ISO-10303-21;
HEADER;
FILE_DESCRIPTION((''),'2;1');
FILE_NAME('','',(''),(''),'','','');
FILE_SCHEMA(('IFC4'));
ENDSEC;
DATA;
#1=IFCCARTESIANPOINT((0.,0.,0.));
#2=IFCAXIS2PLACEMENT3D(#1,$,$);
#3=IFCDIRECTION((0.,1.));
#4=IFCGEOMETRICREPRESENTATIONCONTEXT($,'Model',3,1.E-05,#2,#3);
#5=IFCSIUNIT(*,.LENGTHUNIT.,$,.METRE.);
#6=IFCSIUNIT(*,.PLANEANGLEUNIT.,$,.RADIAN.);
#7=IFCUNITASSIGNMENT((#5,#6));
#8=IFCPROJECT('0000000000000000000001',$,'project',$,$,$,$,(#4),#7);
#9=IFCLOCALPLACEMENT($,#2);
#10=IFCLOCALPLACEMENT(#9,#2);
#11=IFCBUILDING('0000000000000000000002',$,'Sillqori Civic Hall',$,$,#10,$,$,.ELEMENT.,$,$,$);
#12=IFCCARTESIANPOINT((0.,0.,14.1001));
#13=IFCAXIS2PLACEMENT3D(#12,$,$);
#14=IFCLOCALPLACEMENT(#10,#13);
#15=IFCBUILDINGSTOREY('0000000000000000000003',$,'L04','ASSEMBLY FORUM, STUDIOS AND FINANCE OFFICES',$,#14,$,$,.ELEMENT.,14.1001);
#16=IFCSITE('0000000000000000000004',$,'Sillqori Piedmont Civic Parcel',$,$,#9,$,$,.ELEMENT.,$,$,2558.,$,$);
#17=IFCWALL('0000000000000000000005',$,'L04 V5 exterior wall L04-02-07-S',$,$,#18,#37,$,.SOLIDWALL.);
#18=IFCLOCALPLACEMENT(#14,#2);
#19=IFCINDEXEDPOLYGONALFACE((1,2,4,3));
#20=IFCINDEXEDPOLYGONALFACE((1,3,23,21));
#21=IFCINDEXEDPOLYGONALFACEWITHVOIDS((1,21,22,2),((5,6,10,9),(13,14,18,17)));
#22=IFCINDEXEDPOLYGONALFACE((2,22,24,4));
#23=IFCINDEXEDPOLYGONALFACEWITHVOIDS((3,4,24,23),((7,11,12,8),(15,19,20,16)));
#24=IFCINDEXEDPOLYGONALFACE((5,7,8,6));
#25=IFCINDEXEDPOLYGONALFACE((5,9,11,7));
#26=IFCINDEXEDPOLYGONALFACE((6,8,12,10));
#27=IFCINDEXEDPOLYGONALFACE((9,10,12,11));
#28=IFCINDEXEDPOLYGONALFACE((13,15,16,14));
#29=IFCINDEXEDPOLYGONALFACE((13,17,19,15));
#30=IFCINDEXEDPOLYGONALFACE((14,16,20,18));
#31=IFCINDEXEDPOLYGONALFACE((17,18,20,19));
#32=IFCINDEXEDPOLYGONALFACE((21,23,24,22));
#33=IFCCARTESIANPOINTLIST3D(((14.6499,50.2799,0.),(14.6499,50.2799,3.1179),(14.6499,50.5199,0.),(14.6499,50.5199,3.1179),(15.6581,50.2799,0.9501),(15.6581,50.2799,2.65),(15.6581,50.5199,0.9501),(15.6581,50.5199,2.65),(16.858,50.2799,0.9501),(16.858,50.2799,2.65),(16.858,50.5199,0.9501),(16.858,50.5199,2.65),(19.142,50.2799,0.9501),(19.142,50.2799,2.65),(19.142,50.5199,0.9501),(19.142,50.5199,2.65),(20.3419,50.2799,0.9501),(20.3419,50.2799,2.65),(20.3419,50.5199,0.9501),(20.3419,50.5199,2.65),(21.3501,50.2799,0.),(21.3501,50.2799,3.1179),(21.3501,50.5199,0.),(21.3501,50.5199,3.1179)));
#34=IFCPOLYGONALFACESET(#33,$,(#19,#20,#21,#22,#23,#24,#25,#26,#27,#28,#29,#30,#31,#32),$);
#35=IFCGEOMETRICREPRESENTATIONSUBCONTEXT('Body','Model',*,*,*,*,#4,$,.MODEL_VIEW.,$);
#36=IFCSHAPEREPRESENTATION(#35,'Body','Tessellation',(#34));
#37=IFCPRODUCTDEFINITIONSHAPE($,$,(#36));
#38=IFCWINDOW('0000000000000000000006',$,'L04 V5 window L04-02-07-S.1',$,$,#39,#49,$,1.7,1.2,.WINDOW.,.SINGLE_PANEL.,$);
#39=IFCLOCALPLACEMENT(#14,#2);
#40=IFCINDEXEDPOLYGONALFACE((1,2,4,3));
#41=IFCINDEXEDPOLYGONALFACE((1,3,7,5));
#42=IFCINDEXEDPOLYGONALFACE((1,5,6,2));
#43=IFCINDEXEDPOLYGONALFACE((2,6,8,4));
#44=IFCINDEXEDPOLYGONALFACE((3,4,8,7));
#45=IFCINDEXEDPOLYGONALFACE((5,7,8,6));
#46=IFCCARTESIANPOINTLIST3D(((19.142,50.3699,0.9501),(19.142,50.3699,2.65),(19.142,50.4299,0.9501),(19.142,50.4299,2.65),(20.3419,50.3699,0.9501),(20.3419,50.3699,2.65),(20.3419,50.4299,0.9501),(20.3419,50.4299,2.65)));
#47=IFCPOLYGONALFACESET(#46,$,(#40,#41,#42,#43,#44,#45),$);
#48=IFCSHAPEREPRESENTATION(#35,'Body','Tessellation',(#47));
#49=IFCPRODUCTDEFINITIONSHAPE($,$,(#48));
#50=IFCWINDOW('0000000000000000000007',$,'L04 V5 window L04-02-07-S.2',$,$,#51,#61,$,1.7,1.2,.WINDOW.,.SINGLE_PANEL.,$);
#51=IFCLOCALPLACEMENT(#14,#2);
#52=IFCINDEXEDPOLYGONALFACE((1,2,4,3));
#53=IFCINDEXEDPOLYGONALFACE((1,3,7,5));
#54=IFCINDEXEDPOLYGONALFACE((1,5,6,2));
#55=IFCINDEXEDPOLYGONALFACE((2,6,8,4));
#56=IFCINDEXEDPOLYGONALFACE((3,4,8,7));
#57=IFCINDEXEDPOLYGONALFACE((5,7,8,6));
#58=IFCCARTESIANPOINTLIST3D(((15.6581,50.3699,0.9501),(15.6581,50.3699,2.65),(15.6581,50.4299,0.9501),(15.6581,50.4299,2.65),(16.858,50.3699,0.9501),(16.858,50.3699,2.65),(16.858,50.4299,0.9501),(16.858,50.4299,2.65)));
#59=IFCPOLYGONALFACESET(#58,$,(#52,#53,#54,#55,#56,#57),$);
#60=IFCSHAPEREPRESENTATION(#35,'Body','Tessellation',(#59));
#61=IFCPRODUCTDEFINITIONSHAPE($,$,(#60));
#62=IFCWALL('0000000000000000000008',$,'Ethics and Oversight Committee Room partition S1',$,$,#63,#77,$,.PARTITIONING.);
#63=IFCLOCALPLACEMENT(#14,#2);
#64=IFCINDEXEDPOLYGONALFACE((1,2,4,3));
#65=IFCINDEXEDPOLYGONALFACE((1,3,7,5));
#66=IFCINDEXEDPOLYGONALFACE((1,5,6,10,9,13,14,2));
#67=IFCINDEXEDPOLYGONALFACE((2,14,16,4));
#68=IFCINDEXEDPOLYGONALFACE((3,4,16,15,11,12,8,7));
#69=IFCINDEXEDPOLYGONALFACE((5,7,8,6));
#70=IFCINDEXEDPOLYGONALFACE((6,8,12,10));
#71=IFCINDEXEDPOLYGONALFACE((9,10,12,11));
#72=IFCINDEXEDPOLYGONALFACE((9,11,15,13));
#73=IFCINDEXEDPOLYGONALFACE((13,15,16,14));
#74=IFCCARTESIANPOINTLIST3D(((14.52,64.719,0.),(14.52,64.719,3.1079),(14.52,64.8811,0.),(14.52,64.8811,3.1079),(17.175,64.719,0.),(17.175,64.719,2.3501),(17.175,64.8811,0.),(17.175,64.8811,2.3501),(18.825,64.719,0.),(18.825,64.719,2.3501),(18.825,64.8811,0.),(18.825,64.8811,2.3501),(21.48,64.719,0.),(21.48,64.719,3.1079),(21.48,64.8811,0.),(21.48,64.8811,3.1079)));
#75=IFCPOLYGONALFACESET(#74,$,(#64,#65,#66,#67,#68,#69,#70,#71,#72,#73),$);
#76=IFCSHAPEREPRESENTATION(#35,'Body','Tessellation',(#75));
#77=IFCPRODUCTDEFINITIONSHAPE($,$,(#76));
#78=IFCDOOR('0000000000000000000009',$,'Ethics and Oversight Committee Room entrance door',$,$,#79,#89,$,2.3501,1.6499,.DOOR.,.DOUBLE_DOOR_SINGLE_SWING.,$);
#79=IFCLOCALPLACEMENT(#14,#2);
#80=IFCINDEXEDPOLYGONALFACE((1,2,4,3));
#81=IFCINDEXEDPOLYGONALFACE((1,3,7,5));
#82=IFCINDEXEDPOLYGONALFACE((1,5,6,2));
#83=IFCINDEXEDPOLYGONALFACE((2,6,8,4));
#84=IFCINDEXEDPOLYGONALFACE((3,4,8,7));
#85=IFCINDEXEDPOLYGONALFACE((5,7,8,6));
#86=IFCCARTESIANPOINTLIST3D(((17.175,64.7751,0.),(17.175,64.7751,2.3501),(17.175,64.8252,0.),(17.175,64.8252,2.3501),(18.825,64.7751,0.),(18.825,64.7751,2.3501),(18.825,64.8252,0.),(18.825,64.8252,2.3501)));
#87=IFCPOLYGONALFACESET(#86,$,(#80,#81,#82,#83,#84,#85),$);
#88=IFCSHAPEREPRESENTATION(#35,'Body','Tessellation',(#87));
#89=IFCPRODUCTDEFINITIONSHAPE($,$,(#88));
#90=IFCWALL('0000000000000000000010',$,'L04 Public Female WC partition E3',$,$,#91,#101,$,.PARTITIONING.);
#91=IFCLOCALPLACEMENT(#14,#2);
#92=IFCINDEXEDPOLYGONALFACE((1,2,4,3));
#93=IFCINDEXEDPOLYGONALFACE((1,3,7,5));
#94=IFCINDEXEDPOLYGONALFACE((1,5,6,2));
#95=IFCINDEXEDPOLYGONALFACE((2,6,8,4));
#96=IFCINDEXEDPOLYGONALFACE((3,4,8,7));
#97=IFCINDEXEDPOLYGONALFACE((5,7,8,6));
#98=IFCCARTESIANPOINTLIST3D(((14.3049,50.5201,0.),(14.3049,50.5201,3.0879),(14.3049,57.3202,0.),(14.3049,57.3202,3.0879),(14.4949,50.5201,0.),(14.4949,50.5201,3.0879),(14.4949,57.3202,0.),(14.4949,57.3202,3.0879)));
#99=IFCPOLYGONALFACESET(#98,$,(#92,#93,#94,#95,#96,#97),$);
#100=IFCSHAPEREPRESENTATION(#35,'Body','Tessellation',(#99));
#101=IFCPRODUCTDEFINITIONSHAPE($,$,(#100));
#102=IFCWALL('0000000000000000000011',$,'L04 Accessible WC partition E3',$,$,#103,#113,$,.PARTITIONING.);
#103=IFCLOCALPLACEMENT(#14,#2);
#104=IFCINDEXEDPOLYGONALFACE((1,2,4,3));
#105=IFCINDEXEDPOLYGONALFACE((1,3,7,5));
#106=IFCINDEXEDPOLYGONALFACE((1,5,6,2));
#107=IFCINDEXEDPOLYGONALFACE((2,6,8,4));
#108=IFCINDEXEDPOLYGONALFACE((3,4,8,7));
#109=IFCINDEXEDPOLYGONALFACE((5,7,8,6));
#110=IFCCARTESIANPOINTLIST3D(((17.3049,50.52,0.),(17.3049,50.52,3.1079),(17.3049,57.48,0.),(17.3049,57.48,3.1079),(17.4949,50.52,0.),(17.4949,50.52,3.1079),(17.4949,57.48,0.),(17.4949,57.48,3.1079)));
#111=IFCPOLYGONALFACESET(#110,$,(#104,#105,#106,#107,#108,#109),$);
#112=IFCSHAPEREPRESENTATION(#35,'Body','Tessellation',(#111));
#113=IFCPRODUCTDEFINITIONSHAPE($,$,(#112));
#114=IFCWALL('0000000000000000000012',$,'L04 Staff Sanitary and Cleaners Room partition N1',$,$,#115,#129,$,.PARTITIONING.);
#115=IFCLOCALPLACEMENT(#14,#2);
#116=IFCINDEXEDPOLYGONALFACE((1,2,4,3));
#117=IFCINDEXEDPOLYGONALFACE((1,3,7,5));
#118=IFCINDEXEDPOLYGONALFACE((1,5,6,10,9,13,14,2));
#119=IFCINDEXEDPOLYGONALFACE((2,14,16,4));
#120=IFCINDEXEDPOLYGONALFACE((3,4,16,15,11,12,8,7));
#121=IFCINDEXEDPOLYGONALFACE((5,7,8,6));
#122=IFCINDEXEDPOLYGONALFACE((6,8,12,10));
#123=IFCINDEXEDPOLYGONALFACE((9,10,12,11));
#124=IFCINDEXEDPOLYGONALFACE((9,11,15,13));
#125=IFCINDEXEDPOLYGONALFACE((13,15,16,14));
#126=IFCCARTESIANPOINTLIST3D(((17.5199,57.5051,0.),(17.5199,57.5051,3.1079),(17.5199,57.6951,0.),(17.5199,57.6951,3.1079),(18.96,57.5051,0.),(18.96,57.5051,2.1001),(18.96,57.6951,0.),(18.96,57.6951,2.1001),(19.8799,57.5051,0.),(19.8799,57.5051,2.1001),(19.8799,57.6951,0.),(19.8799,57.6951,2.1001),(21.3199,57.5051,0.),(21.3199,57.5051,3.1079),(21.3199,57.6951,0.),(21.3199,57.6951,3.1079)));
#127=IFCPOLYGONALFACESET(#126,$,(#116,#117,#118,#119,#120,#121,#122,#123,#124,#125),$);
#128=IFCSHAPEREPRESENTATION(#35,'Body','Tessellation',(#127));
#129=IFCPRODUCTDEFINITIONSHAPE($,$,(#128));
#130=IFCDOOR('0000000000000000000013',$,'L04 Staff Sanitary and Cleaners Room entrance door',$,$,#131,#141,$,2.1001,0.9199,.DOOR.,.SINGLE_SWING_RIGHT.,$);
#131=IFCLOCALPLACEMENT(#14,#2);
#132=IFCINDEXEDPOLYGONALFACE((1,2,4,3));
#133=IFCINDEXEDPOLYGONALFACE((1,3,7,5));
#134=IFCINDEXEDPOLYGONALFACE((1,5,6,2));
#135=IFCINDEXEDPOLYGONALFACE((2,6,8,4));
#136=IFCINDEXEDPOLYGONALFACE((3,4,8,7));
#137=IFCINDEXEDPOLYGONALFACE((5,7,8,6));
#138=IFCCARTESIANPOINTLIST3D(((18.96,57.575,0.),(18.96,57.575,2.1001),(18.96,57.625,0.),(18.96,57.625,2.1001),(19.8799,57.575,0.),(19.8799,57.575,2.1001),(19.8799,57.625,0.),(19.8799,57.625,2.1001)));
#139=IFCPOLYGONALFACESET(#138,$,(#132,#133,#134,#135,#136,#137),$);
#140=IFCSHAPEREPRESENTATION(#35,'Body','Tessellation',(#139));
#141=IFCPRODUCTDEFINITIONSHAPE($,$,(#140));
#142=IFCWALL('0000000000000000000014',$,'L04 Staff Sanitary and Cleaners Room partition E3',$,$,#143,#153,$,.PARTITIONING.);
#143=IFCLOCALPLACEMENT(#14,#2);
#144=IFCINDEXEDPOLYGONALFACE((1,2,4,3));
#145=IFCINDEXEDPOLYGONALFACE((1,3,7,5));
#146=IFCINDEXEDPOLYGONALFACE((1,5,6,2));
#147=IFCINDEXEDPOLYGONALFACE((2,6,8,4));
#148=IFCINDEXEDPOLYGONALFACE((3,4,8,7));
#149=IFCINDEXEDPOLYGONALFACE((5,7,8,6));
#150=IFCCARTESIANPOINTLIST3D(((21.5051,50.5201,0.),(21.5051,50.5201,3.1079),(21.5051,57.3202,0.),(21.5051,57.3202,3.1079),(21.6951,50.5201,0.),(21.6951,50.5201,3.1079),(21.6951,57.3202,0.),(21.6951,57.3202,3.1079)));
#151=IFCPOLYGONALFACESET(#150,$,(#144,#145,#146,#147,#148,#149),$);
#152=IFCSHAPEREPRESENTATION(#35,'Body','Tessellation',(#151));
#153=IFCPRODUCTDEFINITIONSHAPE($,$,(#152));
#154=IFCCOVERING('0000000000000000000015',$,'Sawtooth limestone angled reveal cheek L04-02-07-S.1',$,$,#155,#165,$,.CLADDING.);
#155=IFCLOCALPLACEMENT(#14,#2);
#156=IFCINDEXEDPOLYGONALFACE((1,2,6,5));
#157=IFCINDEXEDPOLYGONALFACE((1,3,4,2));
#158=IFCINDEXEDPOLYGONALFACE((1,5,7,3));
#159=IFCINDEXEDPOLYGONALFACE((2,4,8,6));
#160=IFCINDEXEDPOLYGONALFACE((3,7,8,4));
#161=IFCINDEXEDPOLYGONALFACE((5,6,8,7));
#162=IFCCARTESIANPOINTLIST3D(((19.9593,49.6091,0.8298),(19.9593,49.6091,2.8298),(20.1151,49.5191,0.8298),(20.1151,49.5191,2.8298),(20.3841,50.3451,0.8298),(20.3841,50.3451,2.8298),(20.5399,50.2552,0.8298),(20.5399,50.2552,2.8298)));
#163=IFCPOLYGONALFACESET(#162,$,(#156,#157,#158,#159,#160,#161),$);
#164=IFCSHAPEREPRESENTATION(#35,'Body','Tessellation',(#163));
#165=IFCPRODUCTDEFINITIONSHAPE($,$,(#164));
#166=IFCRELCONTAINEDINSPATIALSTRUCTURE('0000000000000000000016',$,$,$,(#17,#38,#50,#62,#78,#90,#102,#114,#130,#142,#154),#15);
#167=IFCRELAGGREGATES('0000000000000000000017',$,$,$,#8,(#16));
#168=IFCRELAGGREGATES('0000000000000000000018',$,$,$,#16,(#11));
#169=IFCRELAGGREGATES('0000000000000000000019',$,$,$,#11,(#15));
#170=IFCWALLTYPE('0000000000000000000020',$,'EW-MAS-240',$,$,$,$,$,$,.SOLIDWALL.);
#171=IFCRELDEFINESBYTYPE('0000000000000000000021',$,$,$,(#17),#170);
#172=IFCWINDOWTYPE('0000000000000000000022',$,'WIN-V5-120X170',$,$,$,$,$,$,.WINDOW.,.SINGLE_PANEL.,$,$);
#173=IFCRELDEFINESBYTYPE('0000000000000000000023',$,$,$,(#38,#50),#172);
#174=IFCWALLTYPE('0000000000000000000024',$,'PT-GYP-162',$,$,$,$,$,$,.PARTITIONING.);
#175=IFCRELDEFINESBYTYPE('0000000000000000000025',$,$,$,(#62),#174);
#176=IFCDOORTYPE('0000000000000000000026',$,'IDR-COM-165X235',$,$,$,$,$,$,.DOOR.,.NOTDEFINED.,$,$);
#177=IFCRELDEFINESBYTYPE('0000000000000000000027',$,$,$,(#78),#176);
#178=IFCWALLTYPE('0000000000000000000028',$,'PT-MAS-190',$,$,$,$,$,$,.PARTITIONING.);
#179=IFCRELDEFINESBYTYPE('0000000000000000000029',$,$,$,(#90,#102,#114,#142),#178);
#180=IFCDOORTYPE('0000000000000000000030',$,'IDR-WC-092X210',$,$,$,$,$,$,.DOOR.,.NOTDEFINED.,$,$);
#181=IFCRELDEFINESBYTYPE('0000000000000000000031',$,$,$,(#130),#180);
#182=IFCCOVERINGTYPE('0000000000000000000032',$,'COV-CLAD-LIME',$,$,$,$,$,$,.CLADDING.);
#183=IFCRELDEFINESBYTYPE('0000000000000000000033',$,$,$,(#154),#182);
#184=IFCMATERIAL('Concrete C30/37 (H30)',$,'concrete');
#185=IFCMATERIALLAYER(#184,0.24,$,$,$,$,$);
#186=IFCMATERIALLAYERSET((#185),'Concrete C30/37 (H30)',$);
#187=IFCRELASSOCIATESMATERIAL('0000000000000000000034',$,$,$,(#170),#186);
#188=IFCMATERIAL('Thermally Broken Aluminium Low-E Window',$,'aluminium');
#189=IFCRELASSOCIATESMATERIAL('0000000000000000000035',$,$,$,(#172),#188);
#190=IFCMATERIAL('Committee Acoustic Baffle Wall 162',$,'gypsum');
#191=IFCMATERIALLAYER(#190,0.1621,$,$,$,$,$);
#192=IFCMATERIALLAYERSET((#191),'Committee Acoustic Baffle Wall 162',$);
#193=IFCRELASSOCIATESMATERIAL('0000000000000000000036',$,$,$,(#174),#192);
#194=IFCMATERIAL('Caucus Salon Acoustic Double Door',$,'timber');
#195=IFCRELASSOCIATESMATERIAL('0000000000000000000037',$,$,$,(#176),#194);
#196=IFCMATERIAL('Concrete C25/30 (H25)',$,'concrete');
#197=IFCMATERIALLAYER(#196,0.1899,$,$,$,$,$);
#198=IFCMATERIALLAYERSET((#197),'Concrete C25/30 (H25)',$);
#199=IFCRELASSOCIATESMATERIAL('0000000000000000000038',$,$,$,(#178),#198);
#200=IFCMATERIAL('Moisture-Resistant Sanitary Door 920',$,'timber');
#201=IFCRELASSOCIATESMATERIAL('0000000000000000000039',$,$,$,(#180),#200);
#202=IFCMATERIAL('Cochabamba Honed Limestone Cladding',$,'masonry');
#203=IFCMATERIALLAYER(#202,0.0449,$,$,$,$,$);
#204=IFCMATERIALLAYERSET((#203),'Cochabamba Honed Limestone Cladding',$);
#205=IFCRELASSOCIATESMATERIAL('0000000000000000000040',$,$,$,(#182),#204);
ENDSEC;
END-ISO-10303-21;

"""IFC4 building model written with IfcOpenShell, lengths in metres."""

from ifc_helpers import new_model, si_unit, direction, frame, frame_2d, origin, place, context, subcontext, project, spatial, rectangle, extrude, material, layer, layer_set, type_object, element, fill, save


model = new_model("IFC4")

# Units and contexts
model_context = context("Model", 3, precision=1e-05, world=origin(), true_north=direction((0.0, 1.0)))
body_context = subcontext(model_context, "Body", "Model", "MODEL_VIEW")
ifc_project = project(units=[si_unit("LENGTHUNIT", "METRE"), si_unit("PLANEANGLEUNIT", "RADIAN")], contexts=[model_context])

# Site, building, storey
site_placement = place(None, origin())
site = spatial("IfcSite", under=ifc_project, at=site_placement, Name="Sillqori Piedmont Civic Parcel", CompositionType="ELEMENT", RefElevation=2558.0)
building_placement = place(site_placement, origin())
building = spatial("IfcBuilding", under=site, at=building_placement, Name="Sillqori Civic Hall", CompositionType="ELEMENT")
storey_placement = place(building_placement, frame((0.0, 0.0, 14.1001)))
storey = spatial("IfcBuildingStorey", under=building, at=storey_placement, Name="L04", Description="ASSEMBLY FORUM, STUDIOS AND FINANCE OFFICES", CompositionType="ELEMENT", Elevation=14.1001)

# Wall, openings, windows
ifc_material_1 = material(Name="Concrete C30/37 (H30)", Category="concrete")
ifc_layer_1 = layer(ifc_material_1, 0.24)
ifc_layer_set_1 = layer_set([ifc_layer_1], Name="Concrete C30/37 (H30)")
wall_type_1 = type_object("IfcWallType", Name="EW-MAS-240", PredefinedType="SOLIDWALL", material=ifc_layer_set_1)
wall_1_placement = place(storey_placement, frame((21.3501, 50.3999, 0.0), z_axis=(0.0, 0.0, 1.0), x_axis=(-1.0, 0.0, 0.0)))
wall_1 = element("IfcWall", 1, at=wall_1_placement, inside=storey, type_object=wall_type_1, Name="L04 V5 exterior wall L04-02-07-S", PredefinedType="SOLIDWALL", context=body_context, shape_type="SweptSolid", body=[
    extrude(rectangle(XDim=6.7002, YDim=0.24, at=frame_2d((3.3501, 0.0))), origin(), (0.0, 0.0, 1.0), 3.1179),
])
opening_1_placement = place(wall_1_placement, frame((1.0081, 0.0, 0.95)))
opening_1 = element("IfcOpeningElement", 2, at=opening_1_placement, cuts=wall_1, PredefinedType="OPENING", context=body_context, shape_type="SweptSolid", body=[
    extrude(rectangle(XDim=1.2, YDim=1.7, at=frame_2d((0.6001, 0.8501))), frame((0.0, 0.1299, 0.0), z_axis=(0.0, -1.0, 0.0), x_axis=(1.0, 0.0, 0.0)), (0.0, 0.0, 1.0), 0.26),
])
opening_2_placement = place(wall_1_placement, frame((4.4919, 0.0, 0.95)))
opening_2 = element("IfcOpeningElement", 3, at=opening_2_placement, cuts=wall_1, PredefinedType="OPENING", context=body_context, shape_type="SweptSolid", body=[
    extrude(rectangle(XDim=1.2, YDim=1.7, at=frame_2d((0.6001, 0.8501))), frame((0.0, 0.1299, 0.0), z_axis=(0.0, -1.0, 0.0), x_axis=(1.0, 0.0, 0.0)), (0.0, 0.0, 1.0), 0.26),
])
ifc_material_2 = material(Name="Thermally Broken Aluminium Low-E Window", Category="aluminium")
window_type = type_object("IfcWindowType", Name="WIN-V5-120X170", PartitioningType="SINGLE_PANEL", PredefinedType="WINDOW", material=ifc_material_2)
window_1_placement = place(opening_1_placement, origin())
window_1 = element("IfcWindow", 4, at=window_1_placement, inside=storey, type_object=window_type, Name="L04 V5 window L04-02-07-S.1", OverallHeight=1.7, OverallWidth=1.2, PartitioningType="SINGLE_PANEL", PredefinedType="WINDOW", context=body_context, shape_type="SweptSolid", body=[
    extrude(rectangle(XDim=1.2, YDim=1.7, at=frame_2d((0.6001, 0.8501))), frame((0.0, 0.03, 0.0), z_axis=(0.0, -1.0, 0.0), x_axis=(1.0, 0.0, 0.0)), (0.0, 0.0, 1.0), 0.0601),
])
fill(opening_1, window_1)
window_2_placement = place(opening_2_placement, origin())
window_2 = element("IfcWindow", 5, at=window_2_placement, inside=storey, type_object=window_type, Name="L04 V5 window L04-02-07-S.2", OverallHeight=1.7, OverallWidth=1.2, PartitioningType="SINGLE_PANEL", PredefinedType="WINDOW", context=body_context, shape_type="SweptSolid", body=[
    extrude(rectangle(XDim=1.2, YDim=1.7, at=frame_2d((0.6001, 0.8501))), frame((0.0, 0.03, 0.0), z_axis=(0.0, -1.0, 0.0), x_axis=(1.0, 0.0, 0.0)), (0.0, 0.0, 1.0), 0.0601),
])
fill(opening_2, window_2)

# Wall, opening, door
ifc_material_3 = material(Name="Committee Acoustic Baffle Wall 162", Category="gypsum")
ifc_layer_2 = layer(ifc_material_3, 0.1621)
ifc_layer_set_2 = layer_set([ifc_layer_2], Name="Committee Acoustic Baffle Wall 162")
wall_type_2 = type_object("IfcWallType", Name="PT-GYP-162", PredefinedType="PARTITIONING", material=ifc_layer_set_2)
wall_2_placement = place(storey_placement, frame((21.48, 64.8, 0.0), z_axis=(0.0, 0.0, 1.0), x_axis=(-1.0, 0.0, 0.0)))
wall_2 = element("IfcWall", 6, at=wall_2_placement, inside=storey, type_object=wall_type_2, Name="Ethics and Oversight Committee Room partition S1", PredefinedType="PARTITIONING", context=body_context, shape_type="SweptSolid", body=[
    extrude(rectangle(XDim=6.96, YDim=0.1621, at=frame_2d((3.48, 0.0))), origin(), (0.0, 0.0, 1.0), 3.1079),
])
opening_3_placement = place(wall_2_placement, frame((2.655, 0.0, 0.0)))
opening_3 = element("IfcOpeningElement", 7, at=opening_3_placement, cuts=wall_2, PredefinedType="OPENING", context=body_context, shape_type="SweptSolid", body=[
    extrude(rectangle(XDim=1.6499, YDim=2.3501, at=frame_2d((0.825, 1.175))), frame((0.0, 0.0911, 0.0), z_axis=(0.0, -1.0, 0.0), x_axis=(1.0, 0.0, 0.0)), (0.0, 0.0, 1.0), 0.1821),
])
ifc_material_4 = material(Name="Caucus Salon Acoustic Double Door", Category="timber")
door_type_1 = type_object("IfcDoorType", Name="IDR-COM-165X235", OperationType="NOTDEFINED", PredefinedType="DOOR", material=ifc_material_4)
door_1_placement = place(opening_3_placement, origin())
door_1 = element("IfcDoor", 8, at=door_1_placement, inside=storey, type_object=door_type_1, Name="Ethics and Oversight Committee Room entrance door", OperationType="DOUBLE_DOOR_SINGLE_SWING", OverallHeight=2.3501, OverallWidth=1.6499, PredefinedType="DOOR", context=body_context, shape_type="SweptSolid", body=[
    extrude(rectangle(XDim=1.6499, YDim=2.3501, at=frame_2d((0.825, 1.175))), frame((0.0, 0.0249, 0.0), z_axis=(0.0, -1.0, 0.0), x_axis=(1.0, 0.0, 0.0)), (0.0, 0.0, 1.0), 0.05),
])
fill(opening_3, door_1)

# Wall
ifc_material_5 = material(Name="Concrete C25/30 (H25)", Category="concrete")
ifc_layer_3 = layer(ifc_material_5, 0.1899)
ifc_layer_set_3 = layer_set([ifc_layer_3], Name="Concrete C25/30 (H25)")
wall_type_3 = type_object("IfcWallType", Name="PT-MAS-190", PredefinedType="PARTITIONING", material=ifc_layer_set_3)
wall_3_placement = place(storey_placement, frame((14.3999, 57.3201, 0.0), z_axis=(0.0, 0.0, 1.0), x_axis=(0.0, -1.0, 0.0)))
element("IfcWall", 9, at=wall_3_placement, inside=storey, type_object=wall_type_3, Name="L04 Public Female WC partition E3", PredefinedType="PARTITIONING", context=body_context, shape_type="SweptSolid", body=[
    extrude(rectangle(XDim=6.8, YDim=0.1899, at=frame_2d((3.3999, 0.0))), origin(), (0.0, 0.0, 1.0), 3.0879),
])

# Wall
wall_4_placement = place(storey_placement, frame((17.3999, 57.48, 0.0), z_axis=(0.0, 0.0, 1.0), x_axis=(0.0, -1.0, 0.0)))
element("IfcWall", 10, at=wall_4_placement, inside=storey, type_object=wall_type_3, Name="L04 Accessible WC partition E3", PredefinedType="PARTITIONING", context=body_context, shape_type="SweptSolid", body=[
    extrude(rectangle(XDim=6.96, YDim=0.1899, at=frame_2d((3.48, 0.0))), origin(), (0.0, 0.0, 1.0), 3.1079),
])

# Wall, opening, door
wall_5_placement = place(storey_placement, frame((17.52, 57.6001, 0.0), z_axis=(0.0, 0.0, 1.0), x_axis=(1.0, 0.0, 0.0)))
wall_5 = element("IfcWall", 11, at=wall_5_placement, inside=storey, type_object=wall_type_3, Name="L04 Staff Sanitary and Cleaners Room partition N1", PredefinedType="PARTITIONING", context=body_context, shape_type="SweptSolid", body=[
    extrude(rectangle(XDim=3.8, YDim=0.1899, at=frame_2d((1.8999, 0.0))), origin(), (0.0, 0.0, 1.0), 3.1079),
])
opening_4_placement = place(wall_5_placement, frame((1.4399, 0.0, 0.0)))
opening_4 = element("IfcOpeningElement", 12, at=opening_4_placement, cuts=wall_5, PredefinedType="OPENING", context=body_context, shape_type="SweptSolid", body=[
    extrude(rectangle(XDim=0.9199, YDim=2.1001, at=frame_2d((0.46, 1.05))), frame((0.0, 0.105, 0.0), z_axis=(0.0, -1.0, 0.0), x_axis=(1.0, 0.0, 0.0)), (0.0, 0.0, 1.0), 0.21),
])
ifc_material_6 = material(Name="Moisture-Resistant Sanitary Door 920", Category="timber")
door_type_2 = type_object("IfcDoorType", Name="IDR-WC-092X210", OperationType="NOTDEFINED", PredefinedType="DOOR", material=ifc_material_6)
door_2_placement = place(opening_4_placement, origin())
door_2 = element("IfcDoor", 13, at=door_2_placement, inside=storey, type_object=door_type_2, Name="L04 Staff Sanitary and Cleaners Room entrance door", OperationType="SINGLE_SWING_RIGHT", OverallHeight=2.1001, OverallWidth=0.9199, PredefinedType="DOOR", context=body_context, shape_type="SweptSolid", body=[
    extrude(rectangle(XDim=0.9199, YDim=2.1001, at=frame_2d((0.46, 1.05))), frame((0.0, 0.0249, 0.0), z_axis=(0.0, -1.0, 0.0), x_axis=(1.0, 0.0, 0.0)), (0.0, 0.0, 1.0), 0.05),
])
fill(opening_4, door_2)

# Wall
wall_6_placement = place(storey_placement, frame((21.6001, 57.3201, 0.0), z_axis=(0.0, 0.0, 1.0), x_axis=(0.0, -1.0, 0.0)))
element("IfcWall", 14, at=wall_6_placement, inside=storey, type_object=wall_type_3, Name="L04 Staff Sanitary and Cleaners Room partition E3", PredefinedType="PARTITIONING", context=body_context, shape_type="SweptSolid", body=[
    extrude(rectangle(XDim=6.8, YDim=0.1899, at=frame_2d((3.3999, 0.0))), origin(), (0.0, 0.0, 1.0), 3.1079),
])

# Covering
ifc_material_7 = material(Name="Cochabamba Honed Limestone Cladding", Category="masonry")
ifc_layer_4 = layer(ifc_material_7, 0.0449)
ifc_layer_set_4 = layer_set([ifc_layer_4], Name="Cochabamba Honed Limestone Cladding")
covering_type = type_object("IfcCoveringType", Name="COV-CLAD-LIME", PredefinedType="CLADDING", material=ifc_layer_set_4)
covering_1_placement = place(storey_placement, frame((20.4619, 50.3, 0.8298), z_axis=(0.0, 0.0, 1.0), x_axis=(-0.499847, -0.866114, 0.0)))
element("IfcCovering", 15, at=covering_1_placement, inside=storey, type_object=covering_type, Name="Sawtooth limestone angled reveal cheek L04-02-07-S.1", PredefinedType="CLADDING", context=body_context, shape_type="SweptSolid", body=[
    extrude(rectangle(XDim=0.8499, YDim=0.1799, at=frame_2d((0.4248, 0.0))), origin(), (0.0, 0.0, 1.0), 2.0),
])

save(model, "model.ifc")
